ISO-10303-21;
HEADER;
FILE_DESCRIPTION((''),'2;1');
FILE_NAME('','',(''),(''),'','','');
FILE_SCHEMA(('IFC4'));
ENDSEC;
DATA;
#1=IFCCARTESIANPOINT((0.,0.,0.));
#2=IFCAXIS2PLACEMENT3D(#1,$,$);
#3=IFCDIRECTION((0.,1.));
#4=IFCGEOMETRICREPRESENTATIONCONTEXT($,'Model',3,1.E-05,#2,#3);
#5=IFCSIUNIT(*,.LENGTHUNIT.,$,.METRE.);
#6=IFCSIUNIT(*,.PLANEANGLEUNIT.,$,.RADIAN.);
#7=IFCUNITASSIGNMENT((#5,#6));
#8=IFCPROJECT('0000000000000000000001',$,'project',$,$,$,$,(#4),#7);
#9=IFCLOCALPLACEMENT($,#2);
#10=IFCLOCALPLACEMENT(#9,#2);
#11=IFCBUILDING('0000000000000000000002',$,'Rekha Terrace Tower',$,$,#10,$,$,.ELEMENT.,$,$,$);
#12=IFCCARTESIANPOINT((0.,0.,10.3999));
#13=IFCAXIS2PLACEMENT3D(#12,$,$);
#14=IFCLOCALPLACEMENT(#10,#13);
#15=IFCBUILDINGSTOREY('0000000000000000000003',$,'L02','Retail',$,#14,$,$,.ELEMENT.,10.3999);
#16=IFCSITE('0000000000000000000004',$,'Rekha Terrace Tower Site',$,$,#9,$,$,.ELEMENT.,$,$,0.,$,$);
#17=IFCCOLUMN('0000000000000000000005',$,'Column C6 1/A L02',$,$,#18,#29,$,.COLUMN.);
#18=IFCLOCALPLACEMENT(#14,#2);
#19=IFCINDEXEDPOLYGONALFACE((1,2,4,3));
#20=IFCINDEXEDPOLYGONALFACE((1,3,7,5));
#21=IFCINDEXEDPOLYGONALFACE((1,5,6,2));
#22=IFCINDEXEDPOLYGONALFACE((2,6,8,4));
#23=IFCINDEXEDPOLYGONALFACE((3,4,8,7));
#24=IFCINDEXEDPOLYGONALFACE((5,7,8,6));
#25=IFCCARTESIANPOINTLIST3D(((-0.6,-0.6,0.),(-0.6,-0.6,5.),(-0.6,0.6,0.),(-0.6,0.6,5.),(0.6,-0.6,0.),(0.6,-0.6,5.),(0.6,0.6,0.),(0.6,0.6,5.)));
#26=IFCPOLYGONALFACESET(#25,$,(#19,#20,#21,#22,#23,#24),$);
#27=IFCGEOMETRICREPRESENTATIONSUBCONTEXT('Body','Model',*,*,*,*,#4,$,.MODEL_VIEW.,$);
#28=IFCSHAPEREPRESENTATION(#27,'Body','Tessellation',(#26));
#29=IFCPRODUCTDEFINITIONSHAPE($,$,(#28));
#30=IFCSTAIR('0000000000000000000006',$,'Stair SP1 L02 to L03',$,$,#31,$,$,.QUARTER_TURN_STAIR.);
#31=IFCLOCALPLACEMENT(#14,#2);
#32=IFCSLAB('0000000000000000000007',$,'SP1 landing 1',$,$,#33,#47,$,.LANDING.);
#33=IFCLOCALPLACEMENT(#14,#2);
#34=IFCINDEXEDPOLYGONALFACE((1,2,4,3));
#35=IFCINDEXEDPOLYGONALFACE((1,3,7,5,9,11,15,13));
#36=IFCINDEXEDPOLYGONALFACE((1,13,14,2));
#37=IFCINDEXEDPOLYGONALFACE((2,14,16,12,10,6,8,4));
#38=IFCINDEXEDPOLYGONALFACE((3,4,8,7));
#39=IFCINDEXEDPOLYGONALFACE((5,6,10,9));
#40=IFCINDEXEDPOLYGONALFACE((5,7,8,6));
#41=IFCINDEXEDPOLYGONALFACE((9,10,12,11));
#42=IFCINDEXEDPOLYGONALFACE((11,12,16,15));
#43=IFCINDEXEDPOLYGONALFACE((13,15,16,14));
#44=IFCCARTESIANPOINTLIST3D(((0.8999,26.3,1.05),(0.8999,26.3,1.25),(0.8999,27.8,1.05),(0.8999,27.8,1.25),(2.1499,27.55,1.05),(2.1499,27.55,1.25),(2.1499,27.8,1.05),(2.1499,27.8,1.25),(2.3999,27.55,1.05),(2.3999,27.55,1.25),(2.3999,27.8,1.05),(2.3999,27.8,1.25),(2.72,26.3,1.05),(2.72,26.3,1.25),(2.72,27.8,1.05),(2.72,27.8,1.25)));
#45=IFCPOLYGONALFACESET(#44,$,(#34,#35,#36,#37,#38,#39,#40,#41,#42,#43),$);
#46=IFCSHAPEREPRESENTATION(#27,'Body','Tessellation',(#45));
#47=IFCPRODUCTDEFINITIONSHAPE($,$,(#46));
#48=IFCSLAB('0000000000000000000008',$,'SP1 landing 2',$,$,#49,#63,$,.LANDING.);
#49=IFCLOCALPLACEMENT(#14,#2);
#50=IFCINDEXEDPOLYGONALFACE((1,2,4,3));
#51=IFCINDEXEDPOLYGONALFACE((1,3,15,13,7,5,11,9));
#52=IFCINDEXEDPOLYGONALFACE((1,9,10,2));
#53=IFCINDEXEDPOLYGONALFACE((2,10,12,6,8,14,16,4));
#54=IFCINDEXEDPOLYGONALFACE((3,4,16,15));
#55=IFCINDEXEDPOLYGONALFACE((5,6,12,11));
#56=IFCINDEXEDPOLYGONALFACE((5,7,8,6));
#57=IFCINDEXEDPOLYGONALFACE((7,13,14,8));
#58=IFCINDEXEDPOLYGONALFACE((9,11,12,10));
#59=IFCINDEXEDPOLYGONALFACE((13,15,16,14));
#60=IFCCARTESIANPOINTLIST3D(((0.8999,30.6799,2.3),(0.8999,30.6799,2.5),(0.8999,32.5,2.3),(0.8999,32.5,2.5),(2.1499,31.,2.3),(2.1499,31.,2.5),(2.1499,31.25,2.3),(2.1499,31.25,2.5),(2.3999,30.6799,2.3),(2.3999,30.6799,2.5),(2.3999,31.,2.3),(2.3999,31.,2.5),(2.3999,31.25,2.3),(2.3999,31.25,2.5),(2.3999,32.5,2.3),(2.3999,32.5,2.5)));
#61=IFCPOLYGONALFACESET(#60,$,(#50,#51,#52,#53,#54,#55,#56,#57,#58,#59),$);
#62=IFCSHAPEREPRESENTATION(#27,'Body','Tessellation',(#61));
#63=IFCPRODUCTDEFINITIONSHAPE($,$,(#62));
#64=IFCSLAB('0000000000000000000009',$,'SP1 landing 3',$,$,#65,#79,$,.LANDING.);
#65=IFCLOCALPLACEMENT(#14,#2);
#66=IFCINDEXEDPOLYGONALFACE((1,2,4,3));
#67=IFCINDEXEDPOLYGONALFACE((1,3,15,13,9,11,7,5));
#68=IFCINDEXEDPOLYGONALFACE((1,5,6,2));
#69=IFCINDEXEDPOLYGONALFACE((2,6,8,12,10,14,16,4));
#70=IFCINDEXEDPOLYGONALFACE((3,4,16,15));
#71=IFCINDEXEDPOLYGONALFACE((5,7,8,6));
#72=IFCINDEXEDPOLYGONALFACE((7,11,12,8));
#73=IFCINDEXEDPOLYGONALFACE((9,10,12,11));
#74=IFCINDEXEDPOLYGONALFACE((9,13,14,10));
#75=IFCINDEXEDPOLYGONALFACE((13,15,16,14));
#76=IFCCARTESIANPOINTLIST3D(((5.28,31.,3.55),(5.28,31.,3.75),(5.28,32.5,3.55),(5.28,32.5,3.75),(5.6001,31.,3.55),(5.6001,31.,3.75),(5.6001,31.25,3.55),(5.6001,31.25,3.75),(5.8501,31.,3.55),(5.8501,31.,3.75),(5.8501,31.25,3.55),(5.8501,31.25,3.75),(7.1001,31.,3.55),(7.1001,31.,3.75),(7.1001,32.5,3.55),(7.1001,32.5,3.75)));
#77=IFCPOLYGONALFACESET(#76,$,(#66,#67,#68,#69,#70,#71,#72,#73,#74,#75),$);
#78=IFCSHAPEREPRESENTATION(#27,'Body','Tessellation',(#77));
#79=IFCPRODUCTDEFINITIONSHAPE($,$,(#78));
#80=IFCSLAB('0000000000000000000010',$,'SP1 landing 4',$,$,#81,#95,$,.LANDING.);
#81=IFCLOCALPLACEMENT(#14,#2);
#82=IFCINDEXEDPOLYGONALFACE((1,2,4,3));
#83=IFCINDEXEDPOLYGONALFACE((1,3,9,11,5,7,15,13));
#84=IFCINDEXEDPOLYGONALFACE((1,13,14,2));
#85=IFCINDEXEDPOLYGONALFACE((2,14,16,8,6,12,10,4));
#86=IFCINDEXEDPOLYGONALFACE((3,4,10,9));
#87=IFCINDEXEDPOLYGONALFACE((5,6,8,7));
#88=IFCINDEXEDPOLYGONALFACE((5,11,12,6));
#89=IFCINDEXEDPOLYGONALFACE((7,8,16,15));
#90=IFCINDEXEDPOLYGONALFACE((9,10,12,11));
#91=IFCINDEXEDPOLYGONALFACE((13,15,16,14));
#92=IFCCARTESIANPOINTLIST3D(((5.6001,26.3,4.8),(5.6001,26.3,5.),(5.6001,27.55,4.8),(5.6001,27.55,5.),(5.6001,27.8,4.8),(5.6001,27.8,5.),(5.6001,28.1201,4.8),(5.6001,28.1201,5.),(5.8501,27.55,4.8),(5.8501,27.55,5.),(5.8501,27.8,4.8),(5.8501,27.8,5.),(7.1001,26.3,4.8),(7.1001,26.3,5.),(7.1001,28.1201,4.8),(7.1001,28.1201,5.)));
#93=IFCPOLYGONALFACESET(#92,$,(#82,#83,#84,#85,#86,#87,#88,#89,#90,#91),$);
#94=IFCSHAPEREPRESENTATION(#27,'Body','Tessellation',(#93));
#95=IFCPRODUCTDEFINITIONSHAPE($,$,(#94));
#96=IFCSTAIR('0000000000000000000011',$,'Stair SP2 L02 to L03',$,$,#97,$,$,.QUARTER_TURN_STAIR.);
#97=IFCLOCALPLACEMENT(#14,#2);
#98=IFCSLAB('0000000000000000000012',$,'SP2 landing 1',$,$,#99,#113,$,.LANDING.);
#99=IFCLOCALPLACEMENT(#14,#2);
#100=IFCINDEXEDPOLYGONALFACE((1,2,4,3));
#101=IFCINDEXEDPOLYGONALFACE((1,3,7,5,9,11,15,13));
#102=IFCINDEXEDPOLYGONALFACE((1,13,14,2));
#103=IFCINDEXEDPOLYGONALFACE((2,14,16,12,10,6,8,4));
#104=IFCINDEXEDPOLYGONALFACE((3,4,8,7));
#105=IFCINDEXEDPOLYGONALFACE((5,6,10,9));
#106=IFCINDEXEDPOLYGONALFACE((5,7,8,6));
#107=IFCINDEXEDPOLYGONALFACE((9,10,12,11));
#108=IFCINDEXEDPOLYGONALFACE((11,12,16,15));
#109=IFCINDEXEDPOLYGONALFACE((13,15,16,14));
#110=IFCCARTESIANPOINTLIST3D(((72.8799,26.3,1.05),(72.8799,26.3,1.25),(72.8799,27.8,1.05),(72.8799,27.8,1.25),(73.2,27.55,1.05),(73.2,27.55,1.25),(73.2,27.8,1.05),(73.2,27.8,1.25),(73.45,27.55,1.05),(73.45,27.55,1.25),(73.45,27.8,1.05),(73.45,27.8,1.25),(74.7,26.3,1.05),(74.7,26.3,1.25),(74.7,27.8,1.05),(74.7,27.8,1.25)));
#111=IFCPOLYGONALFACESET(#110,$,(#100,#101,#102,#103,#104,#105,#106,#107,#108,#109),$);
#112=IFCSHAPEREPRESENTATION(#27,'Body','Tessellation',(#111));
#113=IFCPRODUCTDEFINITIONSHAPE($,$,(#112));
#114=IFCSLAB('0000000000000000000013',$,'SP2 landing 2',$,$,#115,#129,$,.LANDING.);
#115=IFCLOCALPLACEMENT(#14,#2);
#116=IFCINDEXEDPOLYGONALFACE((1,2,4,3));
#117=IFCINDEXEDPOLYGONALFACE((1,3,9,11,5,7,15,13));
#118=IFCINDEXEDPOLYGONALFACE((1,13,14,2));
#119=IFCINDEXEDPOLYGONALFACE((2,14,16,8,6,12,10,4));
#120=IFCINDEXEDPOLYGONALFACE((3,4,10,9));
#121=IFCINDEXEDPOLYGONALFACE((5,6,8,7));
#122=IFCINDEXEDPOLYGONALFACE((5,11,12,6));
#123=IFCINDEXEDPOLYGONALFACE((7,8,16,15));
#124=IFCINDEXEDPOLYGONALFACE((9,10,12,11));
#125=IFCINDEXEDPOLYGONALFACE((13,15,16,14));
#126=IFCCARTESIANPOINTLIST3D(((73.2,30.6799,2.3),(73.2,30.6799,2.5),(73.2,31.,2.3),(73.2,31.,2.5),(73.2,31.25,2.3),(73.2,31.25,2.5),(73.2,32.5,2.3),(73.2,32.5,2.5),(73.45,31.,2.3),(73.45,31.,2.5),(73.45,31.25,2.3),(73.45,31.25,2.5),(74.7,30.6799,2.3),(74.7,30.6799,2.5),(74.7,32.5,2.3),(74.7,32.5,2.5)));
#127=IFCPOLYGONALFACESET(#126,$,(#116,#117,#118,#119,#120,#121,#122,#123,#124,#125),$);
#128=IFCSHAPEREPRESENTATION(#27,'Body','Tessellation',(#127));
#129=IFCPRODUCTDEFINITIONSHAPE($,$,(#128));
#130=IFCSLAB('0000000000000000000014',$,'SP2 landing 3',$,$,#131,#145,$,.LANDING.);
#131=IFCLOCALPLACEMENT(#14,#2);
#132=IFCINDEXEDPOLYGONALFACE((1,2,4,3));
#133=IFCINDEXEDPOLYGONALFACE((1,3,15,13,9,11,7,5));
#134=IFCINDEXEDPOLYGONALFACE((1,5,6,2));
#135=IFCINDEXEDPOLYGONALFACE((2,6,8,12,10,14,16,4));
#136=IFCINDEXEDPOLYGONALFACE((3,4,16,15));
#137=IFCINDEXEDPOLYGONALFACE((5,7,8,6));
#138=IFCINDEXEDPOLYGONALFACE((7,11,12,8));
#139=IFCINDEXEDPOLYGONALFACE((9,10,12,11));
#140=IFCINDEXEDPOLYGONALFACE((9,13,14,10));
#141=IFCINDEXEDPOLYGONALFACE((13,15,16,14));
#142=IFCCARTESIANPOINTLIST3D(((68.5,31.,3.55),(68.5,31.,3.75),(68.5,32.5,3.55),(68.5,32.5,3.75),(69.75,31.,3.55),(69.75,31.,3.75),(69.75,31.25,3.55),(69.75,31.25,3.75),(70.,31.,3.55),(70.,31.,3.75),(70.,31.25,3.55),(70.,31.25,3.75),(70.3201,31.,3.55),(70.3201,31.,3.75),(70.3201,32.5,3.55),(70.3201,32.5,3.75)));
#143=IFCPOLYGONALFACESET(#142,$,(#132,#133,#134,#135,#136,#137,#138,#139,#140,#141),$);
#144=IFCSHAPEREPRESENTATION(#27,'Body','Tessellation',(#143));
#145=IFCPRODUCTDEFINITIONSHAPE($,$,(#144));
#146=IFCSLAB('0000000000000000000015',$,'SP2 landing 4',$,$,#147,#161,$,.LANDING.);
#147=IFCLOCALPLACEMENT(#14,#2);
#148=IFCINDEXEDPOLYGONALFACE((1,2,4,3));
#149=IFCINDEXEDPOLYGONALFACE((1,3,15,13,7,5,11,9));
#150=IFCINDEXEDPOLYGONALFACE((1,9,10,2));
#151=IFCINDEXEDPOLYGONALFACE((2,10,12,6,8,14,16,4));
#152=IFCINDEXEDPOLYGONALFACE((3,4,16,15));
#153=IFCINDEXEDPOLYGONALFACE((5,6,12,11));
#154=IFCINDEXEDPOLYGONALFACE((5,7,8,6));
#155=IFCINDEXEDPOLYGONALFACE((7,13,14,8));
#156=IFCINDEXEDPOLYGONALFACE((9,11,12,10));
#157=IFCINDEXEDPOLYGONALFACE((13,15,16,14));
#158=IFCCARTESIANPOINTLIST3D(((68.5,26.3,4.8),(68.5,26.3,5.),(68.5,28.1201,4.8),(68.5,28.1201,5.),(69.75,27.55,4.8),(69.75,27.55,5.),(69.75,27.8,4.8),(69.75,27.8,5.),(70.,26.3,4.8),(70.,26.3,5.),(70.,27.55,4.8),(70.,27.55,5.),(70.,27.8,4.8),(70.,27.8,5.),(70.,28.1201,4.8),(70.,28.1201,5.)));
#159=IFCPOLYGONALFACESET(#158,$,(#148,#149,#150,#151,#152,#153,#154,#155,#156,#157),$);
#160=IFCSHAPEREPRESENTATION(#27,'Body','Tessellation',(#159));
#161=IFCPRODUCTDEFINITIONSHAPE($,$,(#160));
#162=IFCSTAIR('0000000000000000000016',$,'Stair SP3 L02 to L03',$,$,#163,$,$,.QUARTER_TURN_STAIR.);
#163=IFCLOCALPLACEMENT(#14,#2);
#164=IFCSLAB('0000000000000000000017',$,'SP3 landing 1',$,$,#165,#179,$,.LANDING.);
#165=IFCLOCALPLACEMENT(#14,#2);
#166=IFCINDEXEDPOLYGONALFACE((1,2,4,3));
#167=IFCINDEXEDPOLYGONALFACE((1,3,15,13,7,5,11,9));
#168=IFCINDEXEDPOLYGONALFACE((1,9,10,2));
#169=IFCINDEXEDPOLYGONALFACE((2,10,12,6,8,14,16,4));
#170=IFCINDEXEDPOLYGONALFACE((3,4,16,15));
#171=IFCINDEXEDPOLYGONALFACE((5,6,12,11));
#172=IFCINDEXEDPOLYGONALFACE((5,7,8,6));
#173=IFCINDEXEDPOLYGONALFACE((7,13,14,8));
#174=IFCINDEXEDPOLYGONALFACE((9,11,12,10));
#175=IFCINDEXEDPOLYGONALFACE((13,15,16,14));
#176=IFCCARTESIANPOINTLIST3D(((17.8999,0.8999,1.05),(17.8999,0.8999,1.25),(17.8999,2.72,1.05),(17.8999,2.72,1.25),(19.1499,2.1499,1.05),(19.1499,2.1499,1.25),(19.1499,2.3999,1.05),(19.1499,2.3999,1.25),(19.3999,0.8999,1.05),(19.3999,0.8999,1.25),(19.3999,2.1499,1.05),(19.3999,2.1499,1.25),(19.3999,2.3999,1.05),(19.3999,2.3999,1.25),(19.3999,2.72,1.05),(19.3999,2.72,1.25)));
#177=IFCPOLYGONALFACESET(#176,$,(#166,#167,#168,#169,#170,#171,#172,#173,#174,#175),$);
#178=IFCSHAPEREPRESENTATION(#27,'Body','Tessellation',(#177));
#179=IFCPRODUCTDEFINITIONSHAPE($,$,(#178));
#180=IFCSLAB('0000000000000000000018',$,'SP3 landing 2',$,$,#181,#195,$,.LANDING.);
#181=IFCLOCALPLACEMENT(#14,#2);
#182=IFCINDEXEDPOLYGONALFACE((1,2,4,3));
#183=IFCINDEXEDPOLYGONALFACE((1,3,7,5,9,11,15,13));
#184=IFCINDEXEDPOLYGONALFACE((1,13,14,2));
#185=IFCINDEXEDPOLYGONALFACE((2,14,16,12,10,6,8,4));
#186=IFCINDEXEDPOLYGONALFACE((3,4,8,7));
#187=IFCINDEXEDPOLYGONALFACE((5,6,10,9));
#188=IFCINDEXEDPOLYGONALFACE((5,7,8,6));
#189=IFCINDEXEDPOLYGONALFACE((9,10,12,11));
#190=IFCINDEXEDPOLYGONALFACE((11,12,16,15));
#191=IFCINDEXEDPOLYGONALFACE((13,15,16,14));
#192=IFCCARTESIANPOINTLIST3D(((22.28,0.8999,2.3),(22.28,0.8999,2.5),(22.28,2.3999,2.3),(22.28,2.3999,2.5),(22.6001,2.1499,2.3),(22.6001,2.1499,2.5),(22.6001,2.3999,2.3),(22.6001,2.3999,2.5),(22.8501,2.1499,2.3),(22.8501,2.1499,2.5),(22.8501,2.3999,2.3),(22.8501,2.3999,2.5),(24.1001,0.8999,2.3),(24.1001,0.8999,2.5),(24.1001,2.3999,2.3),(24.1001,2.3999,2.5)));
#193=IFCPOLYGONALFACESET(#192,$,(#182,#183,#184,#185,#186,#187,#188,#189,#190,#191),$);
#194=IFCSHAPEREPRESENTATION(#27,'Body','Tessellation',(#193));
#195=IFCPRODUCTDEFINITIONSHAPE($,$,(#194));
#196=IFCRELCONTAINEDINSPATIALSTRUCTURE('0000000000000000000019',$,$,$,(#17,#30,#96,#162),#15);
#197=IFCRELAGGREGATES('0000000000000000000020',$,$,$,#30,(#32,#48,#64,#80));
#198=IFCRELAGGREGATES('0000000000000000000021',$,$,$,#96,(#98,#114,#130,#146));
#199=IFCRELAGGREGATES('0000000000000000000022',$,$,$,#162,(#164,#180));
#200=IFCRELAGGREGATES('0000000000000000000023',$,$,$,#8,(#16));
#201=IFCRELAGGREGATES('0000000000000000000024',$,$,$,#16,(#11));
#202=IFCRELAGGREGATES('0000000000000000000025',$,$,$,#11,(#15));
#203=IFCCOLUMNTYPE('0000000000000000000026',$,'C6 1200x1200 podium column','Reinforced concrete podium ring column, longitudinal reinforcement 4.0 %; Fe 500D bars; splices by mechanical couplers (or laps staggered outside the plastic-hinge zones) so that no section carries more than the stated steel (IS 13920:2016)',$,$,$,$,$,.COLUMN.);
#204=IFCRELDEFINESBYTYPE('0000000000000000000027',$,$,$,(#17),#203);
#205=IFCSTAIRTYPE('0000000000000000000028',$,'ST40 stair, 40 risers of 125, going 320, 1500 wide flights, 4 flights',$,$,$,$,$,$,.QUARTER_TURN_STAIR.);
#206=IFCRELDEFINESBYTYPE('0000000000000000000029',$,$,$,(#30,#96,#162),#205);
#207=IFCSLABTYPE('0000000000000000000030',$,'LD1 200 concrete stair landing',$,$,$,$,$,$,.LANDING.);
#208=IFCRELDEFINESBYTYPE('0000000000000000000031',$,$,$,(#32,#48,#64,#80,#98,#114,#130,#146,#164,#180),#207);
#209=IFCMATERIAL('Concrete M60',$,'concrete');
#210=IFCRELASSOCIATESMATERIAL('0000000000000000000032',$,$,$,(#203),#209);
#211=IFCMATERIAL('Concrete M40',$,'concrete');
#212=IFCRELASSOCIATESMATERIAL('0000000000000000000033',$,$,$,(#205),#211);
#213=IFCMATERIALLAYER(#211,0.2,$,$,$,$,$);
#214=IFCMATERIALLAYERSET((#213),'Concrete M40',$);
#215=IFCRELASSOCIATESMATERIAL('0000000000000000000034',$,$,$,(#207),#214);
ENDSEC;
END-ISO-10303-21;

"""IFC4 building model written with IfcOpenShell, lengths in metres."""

from ifc_helpers import new_model, si_unit, direction, frame, origin, origin_with_axes, origin_2d, place, context, subcontext, project, spatial, polyline, rectangle, outline, extrude, material, layer, layer_set, material_profile, profile_set, type_object, element, aggregate, save


model = new_model("IFC4")

# Units and contexts
model_context = context("Model", 3, precision=1e-05, world=origin(), true_north=direction((0.0, 1.0)))
body_context = subcontext(model_context, "Body", "Model", "MODEL_VIEW")
ifc_project = project(units=[si_unit("LENGTHUNIT", "METRE"), si_unit("PLANEANGLEUNIT", "RADIAN")], contexts=[model_context])

# Site, building, storey
site_placement = place(None, origin())
site = spatial("IfcSite", under=ifc_project, at=site_placement, Name="Rekha Terrace Tower Site", CompositionType="ELEMENT", RefElevation=0.0)
building_placement = place(site_placement, origin())
building = spatial("IfcBuilding", under=site, at=building_placement, Name="Rekha Terrace Tower", CompositionType="ELEMENT")
storey_placement = place(building_placement, frame((0.0, 0.0, 10.3999)))
storey = spatial("IfcBuildingStorey", under=building, at=storey_placement, Name="L02", Description="Retail", CompositionType="ELEMENT", Elevation=10.3999)

# Column
ifc_material_1 = material(Name="Concrete M60", Category="concrete")
ifc_material_profile = material_profile(ifc_material_1, rectangle(XDim=1.2, YDim=1.2, at=origin_2d()), Name="RC 1200x1200")
ifc_profile_set = profile_set([ifc_material_profile], Name="Concrete M60")
column_type = type_object("IfcColumnType", Name="C6 1200x1200 podium column", Description="Reinforced concrete podium ring column, longitudinal reinforcement 4.0 %; Fe 500D bars; splices by mechanical couplers (or laps staggered outside the plastic-hinge zones) so that no section carries more than the stated steel (IS 13920:2016)", PredefinedType="COLUMN", material=ifc_profile_set)
column_placement = place(storey_placement, origin_with_axes())
element("IfcColumn", 1, at=column_placement, inside=storey, type_object=column_type, Name="Column C6 1/A L02", PredefinedType="COLUMN", context=body_context, shape_type="SweptSolid", body=[
    extrude(rectangle(XDim=1.2, YDim=1.2, at=origin_2d()), origin(), (0.0, 0.0, 1.0), 5.0),
])

# Stairs, slabs
ifc_material_2 = material(Name="Concrete M40", Category="concrete")
stair_type_1 = type_object("IfcStairType", Name="ST40 stair, 40 risers of 125, going 320, 1500 wide flights, 4 flights", PredefinedType="QUARTER_TURN_STAIR", material=ifc_material_2)
stair_1_placement = place(storey_placement, origin())
stair_1 = element("IfcStair", 2, at=stair_1_placement, inside=storey, type_object=stair_type_1, Name="Stair SP1 L02 to L03", PredefinedType="QUARTER_TURN_STAIR")
ifc_layer_1 = layer(ifc_material_2, 0.2)
ifc_layer_set_1 = layer_set([ifc_layer_1], Name="Concrete M40")
slab_type_1 = type_object("IfcSlabType", Name="LD1 200 concrete stair landing", PredefinedType="LANDING", material=ifc_layer_set_1)
slab_1_placement = place(storey_placement, frame((0.0, 0.0, 1.05)))
slab_1 = element("IfcSlab", 3, at=slab_1_placement, type_object=slab_type_1, Name="SP1 landing 1", PredefinedType="LANDING", context=body_context, shape_type="SweptSolid", body=[
    extrude(outline(polyline([(0.8999, 27.8), (0.8999, 26.3), (2.72, 26.3), (2.72, 27.8), (2.3999, 27.8), (2.3999, 27.55), (2.1499, 27.55), (2.1499, 27.8), (0.8999, 27.8)])), origin(), (0.0, 0.0, 1.0), 0.2),
])
slab_2_placement = place(storey_placement, frame((0.0, 0.0, 2.3)))
slab_2 = element("IfcSlab", 4, at=slab_2_placement, type_object=slab_type_1, Name="SP1 landing 2", PredefinedType="LANDING", context=body_context, shape_type="SweptSolid", body=[
    extrude(outline(polyline([(2.3999, 32.5), (0.8999, 32.5), (0.8999, 30.6799), (2.3999, 30.6799), (2.3999, 31.0), (2.1499, 31.0), (2.1499, 31.25), (2.3999, 31.25), (2.3999, 32.5)])), origin(), (0.0, 0.0, 1.0), 0.2),
])
slab_3_placement = place(storey_placement, frame((0.0, 0.0, 3.55)))
slab_3 = element("IfcSlab", 5, at=slab_3_placement, type_object=slab_type_1, Name="SP1 landing 3", PredefinedType="LANDING", context=body_context, shape_type="SweptSolid", body=[
    extrude(outline(polyline([(7.1001, 31.0), (7.1001, 32.5), (5.28, 32.5), (5.28, 31.0), (5.6001, 31.0), (5.6001, 31.25), (5.8501, 31.25), (5.8501, 31.0), (7.1001, 31.0)])), origin(), (0.0, 0.0, 1.0), 0.2),
])
slab_4_placement = place(storey_placement, frame((0.0, 0.0, 4.8)))
slab_4 = element("IfcSlab", 6, at=slab_4_placement, type_object=slab_type_1, Name="SP1 landing 4", PredefinedType="LANDING", context=body_context, shape_type="SweptSolid", body=[
    extrude(outline(polyline([(5.6001, 26.3), (7.1001, 26.3), (7.1001, 28.1201), (5.6001, 28.1201), (5.6001, 27.8), (5.8501, 27.8), (5.8501, 27.55), (5.6001, 27.55), (5.6001, 26.3)])), origin(), (0.0, 0.0, 1.0), 0.2),
])
aggregate(stair_1, [slab_1, slab_2, slab_3, slab_4])
stair_2_placement = place(storey_placement, origin())
stair_2 = element("IfcStair", 7, at=stair_2_placement, inside=storey, type_object=stair_type_1, Name="Stair SP2 L02 to L03", PredefinedType="QUARTER_TURN_STAIR")
slab_5_placement = place(storey_placement, frame((0.0, 0.0, 1.05)))
slab_5 = element("IfcSlab", 8, at=slab_5_placement, type_object=slab_type_1, Name="SP2 landing 1", PredefinedType="LANDING", context=body_context, shape_type="SweptSolid", body=[
    extrude(outline(polyline([(74.7, 27.8), (74.7, 26.3), (72.8799, 26.3), (72.8799, 27.8), (73.2, 27.8), (73.2, 27.55), (73.45, 27.55), (73.45, 27.8), (74.7, 27.8)])), origin(), (0.0, 0.0, 1.0), 0.2),
])
slab_6_placement = place(storey_placement, frame((0.0, 0.0, 2.3)))
slab_6 = element("IfcSlab", 9, at=slab_6_placement, type_object=slab_type_1, Name="SP2 landing 2", PredefinedType="LANDING", context=body_context, shape_type="SweptSolid", body=[
    extrude(outline(polyline([(73.2, 32.5), (74.7, 32.5), (74.7, 30.6799), (73.2, 30.6799), (73.2, 31.0), (73.45, 31.0), (73.45, 31.25), (73.2, 31.25), (73.2, 32.5)])), origin(), (0.0, 0.0, 1.0), 0.2),
])
slab_7_placement = place(storey_placement, frame((0.0, 0.0, 3.55)))
slab_7 = element("IfcSlab", 10, at=slab_7_placement, type_object=slab_type_1, Name="SP2 landing 3", PredefinedType="LANDING", context=body_context, shape_type="SweptSolid", body=[
    extrude(outline(polyline([(68.5, 31.0), (68.5, 32.5), (70.3201, 32.5), (70.3201, 31.0), (70.0, 31.0), (70.0, 31.25), (69.75, 31.25), (69.75, 31.0), (68.5, 31.0)])), origin(), (0.0, 0.0, 1.0), 0.2),
])
slab_8_placement = place(storey_placement, frame((0.0, 0.0, 4.8)))
slab_8 = element("IfcSlab", 11, at=slab_8_placement, type_object=slab_type_1, Name="SP2 landing 4", PredefinedType="LANDING", context=body_context, shape_type="SweptSolid", body=[
    extrude(outline(polyline([(70.0, 26.3), (68.5, 26.3), (68.5, 28.1201), (70.0, 28.1201), (70.0, 27.8), (69.75, 27.8), (69.75, 27.55), (70.0, 27.55), (70.0, 26.3)])), origin(), (0.0, 0.0, 1.0), 0.2),
])
aggregate(stair_2, [slab_5, slab_6, slab_7, slab_8])
stair_3_placement = place(storey_placement, origin())
stair_3 = element("IfcStair", 12, at=stair_3_placement, inside=storey, type_object=stair_type_1, Name="Stair SP3 L02 to L03", PredefinedType="QUARTER_TURN_STAIR")
slab_9_placement = place(storey_placement, frame((0.0, 0.0, 1.05)))
slab_9 = element("IfcSlab", 13, at=slab_9_placement, type_object=slab_type_1, Name="SP3 landing 1", PredefinedType="LANDING", context=body_context, shape_type="SweptSolid", body=[
    extrude(outline(polyline([(19.3999, 0.8999), (17.8999, 0.8999), (17.8999, 2.72), (19.3999, 2.72), (19.3999, 2.3999), (19.1499, 2.3999), (19.1499, 2.1499), (19.3999, 2.1499), (19.3999, 0.8999)])), origin(), (0.0, 0.0, 1.0), 0.2),
])
slab_10_placement = place(storey_placement, frame((0.0, 0.0, 2.3)))
slab_10 = element("IfcSlab", 14, at=slab_10_placement, type_object=slab_type_1, Name="SP3 landing 2", PredefinedType="LANDING", context=body_context, shape_type="SweptSolid", body=[
    extrude(outline(polyline([(24.1001, 2.3999), (24.1001, 0.8999), (22.28, 0.8999), (22.28, 2.3999), (22.6001, 2.3999), (22.6001, 2.1499), (22.8501, 2.1499), (22.8501, 2.3999), (24.1001, 2.3999)])), origin(), (0.0, 0.0, 1.0), 0.2),
])
aggregate(stair_3, [slab_9, slab_10])

save(model, "model.ifc")
